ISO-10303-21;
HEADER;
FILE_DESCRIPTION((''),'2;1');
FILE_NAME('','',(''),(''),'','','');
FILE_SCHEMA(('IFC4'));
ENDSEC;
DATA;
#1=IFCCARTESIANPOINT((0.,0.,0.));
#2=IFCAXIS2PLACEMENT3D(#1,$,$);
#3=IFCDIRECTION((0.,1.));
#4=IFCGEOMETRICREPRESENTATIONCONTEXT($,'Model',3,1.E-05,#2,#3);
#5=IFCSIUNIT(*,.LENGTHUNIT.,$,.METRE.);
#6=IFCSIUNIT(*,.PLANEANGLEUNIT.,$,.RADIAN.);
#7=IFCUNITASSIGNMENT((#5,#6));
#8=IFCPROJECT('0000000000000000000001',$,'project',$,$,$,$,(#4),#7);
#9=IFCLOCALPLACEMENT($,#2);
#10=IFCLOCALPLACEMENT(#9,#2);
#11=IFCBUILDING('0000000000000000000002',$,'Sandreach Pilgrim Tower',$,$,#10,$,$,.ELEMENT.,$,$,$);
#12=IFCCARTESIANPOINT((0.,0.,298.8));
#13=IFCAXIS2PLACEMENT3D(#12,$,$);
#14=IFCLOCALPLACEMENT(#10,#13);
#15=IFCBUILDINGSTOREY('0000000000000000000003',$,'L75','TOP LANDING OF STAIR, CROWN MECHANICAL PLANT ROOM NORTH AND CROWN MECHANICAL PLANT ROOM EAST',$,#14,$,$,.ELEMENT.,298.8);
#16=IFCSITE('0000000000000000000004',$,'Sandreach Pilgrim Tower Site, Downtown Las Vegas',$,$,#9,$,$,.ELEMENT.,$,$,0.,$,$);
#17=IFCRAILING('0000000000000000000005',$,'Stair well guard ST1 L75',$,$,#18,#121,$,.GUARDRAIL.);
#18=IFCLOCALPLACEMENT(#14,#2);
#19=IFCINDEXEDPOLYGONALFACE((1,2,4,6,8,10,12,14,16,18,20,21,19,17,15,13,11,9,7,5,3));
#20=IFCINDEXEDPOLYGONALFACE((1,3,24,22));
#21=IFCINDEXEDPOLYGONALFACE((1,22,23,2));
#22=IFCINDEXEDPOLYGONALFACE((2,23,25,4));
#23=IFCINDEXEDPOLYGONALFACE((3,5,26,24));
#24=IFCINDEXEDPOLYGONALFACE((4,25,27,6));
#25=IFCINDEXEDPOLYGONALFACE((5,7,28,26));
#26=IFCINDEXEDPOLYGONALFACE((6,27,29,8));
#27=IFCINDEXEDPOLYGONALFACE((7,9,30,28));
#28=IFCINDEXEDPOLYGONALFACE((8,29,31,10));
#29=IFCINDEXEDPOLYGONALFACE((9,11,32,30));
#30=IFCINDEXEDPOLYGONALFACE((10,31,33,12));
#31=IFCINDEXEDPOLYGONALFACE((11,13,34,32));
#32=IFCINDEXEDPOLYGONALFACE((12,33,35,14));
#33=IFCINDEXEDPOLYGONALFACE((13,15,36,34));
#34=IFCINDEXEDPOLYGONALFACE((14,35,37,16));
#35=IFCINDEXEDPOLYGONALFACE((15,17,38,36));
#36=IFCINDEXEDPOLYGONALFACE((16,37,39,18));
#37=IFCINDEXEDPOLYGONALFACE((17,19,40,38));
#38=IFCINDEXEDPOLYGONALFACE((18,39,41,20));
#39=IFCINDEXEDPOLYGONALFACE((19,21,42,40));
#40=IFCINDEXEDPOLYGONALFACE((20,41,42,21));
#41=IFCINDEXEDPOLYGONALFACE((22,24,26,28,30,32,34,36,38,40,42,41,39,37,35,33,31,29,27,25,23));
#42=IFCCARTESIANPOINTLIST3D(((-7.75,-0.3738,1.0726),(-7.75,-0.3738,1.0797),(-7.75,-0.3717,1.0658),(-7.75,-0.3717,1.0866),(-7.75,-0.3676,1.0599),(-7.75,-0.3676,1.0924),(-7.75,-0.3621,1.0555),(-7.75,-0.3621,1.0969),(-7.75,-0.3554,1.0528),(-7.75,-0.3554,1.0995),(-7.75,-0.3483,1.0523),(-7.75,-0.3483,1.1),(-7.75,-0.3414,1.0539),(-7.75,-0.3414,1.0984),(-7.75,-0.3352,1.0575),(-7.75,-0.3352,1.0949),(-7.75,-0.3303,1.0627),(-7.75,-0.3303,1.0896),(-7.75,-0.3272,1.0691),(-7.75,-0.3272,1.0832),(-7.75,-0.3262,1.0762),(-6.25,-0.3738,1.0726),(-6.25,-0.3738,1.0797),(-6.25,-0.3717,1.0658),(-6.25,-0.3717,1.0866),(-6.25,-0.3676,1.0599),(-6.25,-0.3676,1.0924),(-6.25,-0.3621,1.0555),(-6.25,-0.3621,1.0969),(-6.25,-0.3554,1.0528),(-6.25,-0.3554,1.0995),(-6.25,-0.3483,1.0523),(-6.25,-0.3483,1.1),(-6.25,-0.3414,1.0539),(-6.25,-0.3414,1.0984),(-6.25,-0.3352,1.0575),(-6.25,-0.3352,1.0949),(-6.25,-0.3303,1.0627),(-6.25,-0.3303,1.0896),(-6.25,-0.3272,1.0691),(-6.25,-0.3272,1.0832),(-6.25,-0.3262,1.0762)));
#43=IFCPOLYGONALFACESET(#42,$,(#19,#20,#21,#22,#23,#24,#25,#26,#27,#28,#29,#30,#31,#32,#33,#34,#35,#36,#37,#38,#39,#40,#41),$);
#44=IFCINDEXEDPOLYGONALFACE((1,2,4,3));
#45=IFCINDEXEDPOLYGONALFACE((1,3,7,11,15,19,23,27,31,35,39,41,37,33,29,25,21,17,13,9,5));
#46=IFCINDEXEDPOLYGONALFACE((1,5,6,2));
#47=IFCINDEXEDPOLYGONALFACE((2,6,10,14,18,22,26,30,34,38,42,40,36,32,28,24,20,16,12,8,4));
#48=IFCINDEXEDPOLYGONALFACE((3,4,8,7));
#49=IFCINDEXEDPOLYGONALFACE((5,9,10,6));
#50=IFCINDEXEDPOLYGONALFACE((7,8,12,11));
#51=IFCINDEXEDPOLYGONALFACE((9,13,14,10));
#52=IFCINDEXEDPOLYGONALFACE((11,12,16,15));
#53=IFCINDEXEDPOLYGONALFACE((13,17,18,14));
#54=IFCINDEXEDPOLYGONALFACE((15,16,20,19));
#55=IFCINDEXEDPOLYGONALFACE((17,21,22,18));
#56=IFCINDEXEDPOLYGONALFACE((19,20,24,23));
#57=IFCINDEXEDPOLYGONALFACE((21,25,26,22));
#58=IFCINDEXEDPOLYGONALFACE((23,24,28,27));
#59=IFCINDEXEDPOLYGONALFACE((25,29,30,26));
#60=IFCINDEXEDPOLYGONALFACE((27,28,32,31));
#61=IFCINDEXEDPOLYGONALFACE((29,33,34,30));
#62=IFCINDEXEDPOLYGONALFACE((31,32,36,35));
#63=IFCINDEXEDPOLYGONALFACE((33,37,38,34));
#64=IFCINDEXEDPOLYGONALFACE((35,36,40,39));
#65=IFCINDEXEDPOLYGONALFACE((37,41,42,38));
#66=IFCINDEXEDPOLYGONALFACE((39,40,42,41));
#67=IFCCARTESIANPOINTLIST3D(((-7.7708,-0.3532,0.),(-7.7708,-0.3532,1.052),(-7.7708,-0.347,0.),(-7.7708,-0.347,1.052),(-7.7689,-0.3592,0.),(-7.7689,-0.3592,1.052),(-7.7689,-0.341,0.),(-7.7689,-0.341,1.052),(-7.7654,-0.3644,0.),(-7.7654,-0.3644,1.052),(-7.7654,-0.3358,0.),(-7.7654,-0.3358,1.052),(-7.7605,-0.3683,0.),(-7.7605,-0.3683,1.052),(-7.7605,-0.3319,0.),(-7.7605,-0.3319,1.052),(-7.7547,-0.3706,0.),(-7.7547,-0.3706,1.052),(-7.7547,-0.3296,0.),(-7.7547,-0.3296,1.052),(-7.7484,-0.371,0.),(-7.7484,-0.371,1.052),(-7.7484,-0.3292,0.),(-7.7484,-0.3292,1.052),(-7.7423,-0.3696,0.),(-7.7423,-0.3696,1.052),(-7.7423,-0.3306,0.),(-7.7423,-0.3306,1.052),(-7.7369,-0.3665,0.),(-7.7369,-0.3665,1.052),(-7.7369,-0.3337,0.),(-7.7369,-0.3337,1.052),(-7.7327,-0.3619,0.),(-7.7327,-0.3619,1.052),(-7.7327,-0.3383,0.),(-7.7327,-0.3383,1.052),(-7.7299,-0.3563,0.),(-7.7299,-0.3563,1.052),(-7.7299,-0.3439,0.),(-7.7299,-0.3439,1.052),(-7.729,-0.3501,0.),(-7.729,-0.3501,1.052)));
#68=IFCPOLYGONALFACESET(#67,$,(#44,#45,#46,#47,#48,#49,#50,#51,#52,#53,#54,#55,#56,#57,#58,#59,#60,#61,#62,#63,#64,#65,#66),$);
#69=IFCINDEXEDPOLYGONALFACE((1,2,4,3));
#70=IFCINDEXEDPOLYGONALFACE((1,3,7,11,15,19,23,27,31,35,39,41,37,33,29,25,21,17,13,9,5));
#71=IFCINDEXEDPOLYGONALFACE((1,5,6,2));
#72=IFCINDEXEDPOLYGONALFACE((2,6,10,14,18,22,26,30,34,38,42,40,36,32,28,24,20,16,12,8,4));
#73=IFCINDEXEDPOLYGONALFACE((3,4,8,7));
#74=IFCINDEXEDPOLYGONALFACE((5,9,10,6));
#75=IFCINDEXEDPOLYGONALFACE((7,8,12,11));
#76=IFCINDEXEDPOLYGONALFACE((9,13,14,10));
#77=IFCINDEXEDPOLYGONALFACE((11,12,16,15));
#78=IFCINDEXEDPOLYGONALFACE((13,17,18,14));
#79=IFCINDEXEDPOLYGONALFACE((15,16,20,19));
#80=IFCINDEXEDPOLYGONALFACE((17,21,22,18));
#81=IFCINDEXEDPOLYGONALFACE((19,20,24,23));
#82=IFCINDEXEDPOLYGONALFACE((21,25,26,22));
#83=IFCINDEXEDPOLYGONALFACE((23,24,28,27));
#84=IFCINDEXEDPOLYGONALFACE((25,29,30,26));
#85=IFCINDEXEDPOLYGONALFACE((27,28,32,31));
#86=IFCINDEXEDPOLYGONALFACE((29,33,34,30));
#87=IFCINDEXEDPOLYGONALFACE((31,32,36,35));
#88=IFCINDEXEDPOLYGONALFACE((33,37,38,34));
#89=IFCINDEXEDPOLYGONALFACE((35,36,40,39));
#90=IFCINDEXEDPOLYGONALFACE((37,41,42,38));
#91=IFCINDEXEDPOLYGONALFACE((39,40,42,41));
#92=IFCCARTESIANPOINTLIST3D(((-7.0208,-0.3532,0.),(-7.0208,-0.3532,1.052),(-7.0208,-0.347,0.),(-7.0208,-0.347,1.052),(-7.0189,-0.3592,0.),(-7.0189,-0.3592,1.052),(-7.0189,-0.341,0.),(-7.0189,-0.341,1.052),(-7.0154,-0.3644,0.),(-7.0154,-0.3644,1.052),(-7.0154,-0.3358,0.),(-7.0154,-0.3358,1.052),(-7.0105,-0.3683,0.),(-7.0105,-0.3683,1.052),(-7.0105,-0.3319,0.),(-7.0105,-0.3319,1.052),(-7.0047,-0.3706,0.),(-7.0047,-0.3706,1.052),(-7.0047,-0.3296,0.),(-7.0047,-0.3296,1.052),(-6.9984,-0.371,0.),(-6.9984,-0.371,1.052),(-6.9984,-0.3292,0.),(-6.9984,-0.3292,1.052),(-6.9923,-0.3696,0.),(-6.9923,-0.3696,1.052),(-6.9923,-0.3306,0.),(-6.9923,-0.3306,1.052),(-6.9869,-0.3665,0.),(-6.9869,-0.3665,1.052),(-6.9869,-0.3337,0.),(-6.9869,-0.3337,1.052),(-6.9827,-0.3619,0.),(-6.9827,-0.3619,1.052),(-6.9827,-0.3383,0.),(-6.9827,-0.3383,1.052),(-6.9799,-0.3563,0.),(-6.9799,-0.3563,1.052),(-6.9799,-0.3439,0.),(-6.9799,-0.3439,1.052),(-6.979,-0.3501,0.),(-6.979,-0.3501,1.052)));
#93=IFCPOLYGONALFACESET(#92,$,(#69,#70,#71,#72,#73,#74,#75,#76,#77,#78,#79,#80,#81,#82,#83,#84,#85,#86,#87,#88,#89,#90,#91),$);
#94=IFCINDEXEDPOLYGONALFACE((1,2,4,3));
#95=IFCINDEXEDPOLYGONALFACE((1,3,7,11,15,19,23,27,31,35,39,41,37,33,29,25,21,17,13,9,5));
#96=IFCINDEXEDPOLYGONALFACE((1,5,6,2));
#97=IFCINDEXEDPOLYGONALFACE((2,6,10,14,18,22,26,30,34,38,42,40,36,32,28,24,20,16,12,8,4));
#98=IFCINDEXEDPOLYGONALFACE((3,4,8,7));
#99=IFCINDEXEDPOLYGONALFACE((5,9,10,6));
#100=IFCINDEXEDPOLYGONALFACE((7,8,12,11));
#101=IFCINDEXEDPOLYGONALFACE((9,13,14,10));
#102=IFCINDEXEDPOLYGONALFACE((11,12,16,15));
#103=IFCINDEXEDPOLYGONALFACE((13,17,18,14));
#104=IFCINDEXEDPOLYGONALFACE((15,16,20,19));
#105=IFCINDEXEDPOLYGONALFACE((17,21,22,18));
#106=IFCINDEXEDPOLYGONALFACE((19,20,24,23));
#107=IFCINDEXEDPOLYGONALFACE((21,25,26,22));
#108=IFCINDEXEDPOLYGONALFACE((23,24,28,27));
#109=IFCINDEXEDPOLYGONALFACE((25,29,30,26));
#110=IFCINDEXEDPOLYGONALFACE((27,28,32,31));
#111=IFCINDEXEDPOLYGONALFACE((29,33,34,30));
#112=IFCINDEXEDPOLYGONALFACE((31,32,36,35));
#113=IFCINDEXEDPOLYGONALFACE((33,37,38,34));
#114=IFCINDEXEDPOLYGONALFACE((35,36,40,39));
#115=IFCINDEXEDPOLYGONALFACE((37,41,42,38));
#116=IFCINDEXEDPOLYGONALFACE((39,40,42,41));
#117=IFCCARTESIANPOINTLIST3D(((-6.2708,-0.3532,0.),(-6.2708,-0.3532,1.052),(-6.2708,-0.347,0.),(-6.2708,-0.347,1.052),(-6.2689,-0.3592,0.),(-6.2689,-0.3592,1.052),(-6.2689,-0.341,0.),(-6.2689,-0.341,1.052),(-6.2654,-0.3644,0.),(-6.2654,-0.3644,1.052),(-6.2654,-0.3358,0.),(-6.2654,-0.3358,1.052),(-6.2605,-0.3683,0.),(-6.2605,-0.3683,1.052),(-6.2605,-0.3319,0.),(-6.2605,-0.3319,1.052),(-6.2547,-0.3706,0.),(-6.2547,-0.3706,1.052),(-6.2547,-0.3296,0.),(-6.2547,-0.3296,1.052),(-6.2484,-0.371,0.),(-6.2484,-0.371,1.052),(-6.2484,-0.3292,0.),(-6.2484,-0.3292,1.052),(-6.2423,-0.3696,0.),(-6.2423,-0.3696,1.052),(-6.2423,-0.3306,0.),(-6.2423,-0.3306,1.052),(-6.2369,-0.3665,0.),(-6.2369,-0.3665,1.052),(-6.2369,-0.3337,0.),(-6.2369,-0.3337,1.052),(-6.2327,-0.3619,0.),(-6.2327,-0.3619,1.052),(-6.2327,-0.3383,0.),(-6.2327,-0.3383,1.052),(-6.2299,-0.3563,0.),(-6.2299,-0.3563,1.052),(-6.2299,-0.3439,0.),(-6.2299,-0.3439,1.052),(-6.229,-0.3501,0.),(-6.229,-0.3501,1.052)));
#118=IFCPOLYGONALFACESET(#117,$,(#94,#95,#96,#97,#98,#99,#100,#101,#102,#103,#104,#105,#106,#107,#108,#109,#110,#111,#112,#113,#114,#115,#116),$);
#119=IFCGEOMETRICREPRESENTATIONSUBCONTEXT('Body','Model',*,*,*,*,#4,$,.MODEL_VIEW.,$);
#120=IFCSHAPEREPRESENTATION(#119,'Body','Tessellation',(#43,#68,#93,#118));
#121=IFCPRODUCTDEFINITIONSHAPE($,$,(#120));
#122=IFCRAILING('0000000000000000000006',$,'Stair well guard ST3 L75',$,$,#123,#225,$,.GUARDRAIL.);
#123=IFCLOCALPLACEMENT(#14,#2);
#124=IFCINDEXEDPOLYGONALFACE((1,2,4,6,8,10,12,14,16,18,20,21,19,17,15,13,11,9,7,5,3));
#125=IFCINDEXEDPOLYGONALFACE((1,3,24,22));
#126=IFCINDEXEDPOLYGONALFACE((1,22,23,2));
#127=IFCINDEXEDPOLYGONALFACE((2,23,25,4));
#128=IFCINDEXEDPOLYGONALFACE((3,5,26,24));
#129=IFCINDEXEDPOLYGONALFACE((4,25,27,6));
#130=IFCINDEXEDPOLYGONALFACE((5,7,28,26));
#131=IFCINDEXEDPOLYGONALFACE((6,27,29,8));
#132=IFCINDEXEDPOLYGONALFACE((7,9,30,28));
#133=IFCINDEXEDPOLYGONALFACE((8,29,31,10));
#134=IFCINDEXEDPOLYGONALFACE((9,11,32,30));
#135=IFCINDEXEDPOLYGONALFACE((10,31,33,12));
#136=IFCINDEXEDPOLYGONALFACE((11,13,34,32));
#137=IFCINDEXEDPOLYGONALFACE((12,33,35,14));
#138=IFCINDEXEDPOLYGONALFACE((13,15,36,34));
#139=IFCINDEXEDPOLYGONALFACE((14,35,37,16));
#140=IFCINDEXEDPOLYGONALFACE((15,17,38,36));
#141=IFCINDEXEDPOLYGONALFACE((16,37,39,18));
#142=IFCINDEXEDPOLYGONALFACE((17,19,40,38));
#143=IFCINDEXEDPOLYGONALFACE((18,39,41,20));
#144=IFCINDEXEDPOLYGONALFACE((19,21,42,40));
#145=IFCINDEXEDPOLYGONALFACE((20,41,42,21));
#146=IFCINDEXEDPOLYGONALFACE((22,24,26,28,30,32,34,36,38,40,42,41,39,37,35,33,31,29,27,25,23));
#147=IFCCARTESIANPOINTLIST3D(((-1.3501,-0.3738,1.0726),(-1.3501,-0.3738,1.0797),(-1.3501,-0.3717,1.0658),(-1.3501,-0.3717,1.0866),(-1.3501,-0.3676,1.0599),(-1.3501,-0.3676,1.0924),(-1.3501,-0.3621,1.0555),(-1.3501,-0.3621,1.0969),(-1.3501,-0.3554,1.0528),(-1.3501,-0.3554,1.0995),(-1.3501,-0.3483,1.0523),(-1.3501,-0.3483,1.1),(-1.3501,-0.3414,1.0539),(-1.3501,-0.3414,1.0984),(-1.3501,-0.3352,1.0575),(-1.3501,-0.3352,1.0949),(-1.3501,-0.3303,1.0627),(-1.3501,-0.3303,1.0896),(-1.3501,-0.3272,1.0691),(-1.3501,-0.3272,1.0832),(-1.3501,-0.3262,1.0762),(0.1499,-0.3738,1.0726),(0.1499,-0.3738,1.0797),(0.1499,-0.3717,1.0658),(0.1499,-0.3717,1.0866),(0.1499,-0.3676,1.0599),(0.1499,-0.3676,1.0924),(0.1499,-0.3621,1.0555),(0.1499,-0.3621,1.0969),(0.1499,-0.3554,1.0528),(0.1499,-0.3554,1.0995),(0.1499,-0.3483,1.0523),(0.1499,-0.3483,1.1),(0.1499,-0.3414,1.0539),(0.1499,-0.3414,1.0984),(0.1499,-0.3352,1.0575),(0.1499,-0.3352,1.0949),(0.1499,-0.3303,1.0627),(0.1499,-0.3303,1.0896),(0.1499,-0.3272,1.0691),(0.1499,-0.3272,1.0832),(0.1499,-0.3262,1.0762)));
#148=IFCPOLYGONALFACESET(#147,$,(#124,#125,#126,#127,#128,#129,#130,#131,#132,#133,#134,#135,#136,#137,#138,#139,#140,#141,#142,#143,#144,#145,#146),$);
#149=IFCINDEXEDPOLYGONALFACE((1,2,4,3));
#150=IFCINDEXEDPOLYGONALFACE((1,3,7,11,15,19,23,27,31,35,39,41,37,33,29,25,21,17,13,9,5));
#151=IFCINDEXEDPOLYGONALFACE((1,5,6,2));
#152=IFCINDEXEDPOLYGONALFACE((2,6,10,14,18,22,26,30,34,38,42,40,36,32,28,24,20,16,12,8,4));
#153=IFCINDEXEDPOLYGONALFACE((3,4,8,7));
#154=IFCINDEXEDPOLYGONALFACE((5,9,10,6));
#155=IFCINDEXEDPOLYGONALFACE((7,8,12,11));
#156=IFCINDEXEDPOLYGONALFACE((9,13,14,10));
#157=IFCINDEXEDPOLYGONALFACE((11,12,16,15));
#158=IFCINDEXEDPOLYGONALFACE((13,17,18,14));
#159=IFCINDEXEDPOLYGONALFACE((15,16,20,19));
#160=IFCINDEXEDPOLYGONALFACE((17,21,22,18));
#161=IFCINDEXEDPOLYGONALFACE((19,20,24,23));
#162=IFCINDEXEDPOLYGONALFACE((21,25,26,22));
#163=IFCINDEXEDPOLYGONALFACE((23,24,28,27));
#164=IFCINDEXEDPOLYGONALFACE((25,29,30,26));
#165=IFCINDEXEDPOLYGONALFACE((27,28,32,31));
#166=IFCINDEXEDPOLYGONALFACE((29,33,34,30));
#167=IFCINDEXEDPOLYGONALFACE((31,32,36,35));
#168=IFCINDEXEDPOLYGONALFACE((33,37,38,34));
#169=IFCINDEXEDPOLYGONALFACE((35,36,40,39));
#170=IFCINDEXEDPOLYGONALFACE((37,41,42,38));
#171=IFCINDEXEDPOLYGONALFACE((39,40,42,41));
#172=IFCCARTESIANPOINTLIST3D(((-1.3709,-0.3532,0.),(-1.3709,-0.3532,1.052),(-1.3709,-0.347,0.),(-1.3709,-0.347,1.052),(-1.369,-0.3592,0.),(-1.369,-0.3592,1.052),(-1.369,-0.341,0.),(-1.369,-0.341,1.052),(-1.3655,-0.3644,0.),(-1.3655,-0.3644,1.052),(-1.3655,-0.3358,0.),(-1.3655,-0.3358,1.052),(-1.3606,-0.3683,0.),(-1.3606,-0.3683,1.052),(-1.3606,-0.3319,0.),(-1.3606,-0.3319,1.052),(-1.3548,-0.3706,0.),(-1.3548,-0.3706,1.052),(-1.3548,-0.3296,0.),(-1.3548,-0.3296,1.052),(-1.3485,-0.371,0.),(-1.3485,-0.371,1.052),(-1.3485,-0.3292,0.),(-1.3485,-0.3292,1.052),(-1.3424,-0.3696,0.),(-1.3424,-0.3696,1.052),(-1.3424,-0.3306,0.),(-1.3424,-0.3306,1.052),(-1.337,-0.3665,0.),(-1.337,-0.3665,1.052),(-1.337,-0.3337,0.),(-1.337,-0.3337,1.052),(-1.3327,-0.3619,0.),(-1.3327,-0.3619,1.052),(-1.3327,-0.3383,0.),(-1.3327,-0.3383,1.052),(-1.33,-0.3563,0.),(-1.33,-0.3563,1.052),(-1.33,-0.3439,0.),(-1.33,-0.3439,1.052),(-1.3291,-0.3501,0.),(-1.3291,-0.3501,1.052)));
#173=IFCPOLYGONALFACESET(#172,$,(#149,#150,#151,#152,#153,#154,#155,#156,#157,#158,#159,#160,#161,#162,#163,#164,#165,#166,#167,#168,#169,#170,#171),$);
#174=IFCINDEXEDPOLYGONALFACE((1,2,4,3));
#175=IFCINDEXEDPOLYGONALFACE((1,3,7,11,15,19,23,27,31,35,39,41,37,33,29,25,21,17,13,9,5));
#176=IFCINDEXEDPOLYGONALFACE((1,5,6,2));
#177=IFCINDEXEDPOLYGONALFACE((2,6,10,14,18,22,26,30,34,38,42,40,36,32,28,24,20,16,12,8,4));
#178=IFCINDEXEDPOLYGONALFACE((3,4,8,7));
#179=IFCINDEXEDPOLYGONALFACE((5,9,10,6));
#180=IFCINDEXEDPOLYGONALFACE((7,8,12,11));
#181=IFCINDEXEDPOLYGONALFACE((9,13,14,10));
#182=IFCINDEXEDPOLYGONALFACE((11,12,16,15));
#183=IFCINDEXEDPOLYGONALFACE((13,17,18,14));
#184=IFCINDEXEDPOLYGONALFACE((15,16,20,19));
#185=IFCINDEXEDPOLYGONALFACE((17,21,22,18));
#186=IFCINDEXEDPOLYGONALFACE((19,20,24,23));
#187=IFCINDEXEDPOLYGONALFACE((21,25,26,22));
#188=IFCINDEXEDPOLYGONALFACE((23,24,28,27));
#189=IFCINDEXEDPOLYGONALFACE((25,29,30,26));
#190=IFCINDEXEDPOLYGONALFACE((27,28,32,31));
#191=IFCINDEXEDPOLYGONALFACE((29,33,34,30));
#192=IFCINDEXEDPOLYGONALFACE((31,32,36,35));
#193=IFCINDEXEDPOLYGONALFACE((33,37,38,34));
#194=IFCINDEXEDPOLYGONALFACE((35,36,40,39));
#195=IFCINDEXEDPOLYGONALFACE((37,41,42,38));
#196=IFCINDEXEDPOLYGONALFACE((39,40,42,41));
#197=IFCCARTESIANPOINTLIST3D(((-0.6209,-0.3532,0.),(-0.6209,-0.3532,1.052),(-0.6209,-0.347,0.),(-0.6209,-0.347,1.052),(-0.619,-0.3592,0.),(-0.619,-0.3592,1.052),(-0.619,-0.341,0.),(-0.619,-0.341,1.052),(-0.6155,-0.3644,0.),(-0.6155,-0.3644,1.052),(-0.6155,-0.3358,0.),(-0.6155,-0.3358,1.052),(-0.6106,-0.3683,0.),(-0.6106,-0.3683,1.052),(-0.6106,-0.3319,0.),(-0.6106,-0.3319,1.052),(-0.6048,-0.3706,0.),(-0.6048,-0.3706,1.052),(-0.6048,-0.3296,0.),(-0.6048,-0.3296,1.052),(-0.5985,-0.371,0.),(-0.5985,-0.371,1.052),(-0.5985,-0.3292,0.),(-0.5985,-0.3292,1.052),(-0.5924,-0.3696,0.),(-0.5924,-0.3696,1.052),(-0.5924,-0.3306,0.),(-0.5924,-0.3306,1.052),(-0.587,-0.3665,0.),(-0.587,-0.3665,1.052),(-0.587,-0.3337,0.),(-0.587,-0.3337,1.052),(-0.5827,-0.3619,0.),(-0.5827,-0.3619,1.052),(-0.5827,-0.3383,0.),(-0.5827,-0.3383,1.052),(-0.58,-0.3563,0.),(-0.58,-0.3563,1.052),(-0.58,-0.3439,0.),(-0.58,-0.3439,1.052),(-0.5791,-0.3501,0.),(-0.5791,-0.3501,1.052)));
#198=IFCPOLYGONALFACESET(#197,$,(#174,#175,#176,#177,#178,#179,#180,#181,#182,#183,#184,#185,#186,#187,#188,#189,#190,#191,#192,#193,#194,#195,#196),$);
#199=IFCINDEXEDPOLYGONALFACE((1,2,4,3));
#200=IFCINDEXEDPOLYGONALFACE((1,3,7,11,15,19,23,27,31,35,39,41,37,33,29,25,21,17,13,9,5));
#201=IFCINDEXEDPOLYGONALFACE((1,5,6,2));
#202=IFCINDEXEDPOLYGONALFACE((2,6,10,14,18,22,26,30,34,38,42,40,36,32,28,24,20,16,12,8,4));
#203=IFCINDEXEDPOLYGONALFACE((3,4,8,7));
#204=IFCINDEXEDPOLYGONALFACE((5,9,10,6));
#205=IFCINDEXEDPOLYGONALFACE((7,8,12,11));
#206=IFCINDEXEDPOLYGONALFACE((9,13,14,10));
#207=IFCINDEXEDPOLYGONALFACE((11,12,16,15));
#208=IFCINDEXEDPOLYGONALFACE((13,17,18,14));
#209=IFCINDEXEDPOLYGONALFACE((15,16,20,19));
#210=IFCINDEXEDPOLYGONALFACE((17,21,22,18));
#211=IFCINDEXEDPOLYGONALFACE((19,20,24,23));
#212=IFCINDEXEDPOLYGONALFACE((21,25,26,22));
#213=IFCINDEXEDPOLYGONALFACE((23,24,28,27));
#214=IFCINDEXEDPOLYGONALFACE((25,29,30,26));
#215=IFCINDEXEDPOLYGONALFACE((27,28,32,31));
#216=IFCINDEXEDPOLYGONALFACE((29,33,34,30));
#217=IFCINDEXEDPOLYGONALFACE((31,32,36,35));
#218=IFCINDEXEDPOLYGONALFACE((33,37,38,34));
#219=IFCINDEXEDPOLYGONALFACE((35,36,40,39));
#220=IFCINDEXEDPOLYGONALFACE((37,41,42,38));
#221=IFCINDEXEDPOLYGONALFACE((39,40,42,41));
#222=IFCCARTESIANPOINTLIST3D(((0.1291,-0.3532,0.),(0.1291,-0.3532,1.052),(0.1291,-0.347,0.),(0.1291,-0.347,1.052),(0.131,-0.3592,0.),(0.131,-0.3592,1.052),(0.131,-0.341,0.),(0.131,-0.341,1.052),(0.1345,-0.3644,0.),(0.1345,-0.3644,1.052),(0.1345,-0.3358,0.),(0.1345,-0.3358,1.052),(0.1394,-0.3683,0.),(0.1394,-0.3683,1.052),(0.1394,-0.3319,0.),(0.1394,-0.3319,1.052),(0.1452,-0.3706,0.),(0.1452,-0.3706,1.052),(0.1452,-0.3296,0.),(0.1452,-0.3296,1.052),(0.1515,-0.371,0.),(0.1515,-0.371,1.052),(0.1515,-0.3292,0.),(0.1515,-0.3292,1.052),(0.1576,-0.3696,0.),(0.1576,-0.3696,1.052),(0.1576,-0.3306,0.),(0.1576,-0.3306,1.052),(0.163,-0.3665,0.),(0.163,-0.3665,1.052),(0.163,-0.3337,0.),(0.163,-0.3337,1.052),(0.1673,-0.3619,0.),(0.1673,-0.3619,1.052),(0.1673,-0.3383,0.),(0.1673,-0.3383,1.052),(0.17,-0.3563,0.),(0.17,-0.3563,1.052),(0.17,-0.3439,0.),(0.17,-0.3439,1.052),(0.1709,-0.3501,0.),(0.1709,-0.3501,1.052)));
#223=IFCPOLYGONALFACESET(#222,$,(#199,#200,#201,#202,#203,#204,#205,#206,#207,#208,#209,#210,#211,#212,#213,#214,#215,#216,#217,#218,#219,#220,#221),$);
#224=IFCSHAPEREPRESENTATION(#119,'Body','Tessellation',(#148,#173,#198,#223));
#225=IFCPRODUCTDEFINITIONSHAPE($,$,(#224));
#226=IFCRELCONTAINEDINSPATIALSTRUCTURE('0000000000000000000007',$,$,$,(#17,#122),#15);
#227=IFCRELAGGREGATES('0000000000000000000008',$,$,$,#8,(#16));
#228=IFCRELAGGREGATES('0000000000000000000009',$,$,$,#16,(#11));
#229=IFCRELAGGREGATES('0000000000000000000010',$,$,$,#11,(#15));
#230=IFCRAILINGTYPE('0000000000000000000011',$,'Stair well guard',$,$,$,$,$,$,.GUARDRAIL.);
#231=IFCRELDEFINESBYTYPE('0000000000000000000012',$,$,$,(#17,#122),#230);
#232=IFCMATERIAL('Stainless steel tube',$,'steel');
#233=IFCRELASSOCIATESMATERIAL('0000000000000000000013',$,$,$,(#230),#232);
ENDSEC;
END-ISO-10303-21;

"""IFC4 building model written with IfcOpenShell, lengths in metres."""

from ifc_helpers import new_model, si_unit, direction, frame, origin, origin_2d, place, context, subcontext, project, spatial, circle, extrude, material, type_object, element, save


model = new_model("IFC4")

# Units and contexts
model_context = context("Model", 3, precision=1e-05, world=origin(), true_north=direction((0.0, 1.0)))
body_context = subcontext(model_context, "Body", "Model", "MODEL_VIEW")
ifc_project = project(units=[si_unit("LENGTHUNIT", "METRE"), si_unit("PLANEANGLEUNIT", "RADIAN")], contexts=[model_context])

# Site, building, storey
site_placement = place(None, origin())
site = spatial("IfcSite", under=ifc_project, at=site_placement, Name="Sandreach Pilgrim Tower Site, Downtown Las Vegas", CompositionType="ELEMENT", RefElevation=0.0)
building_placement = place(site_placement, origin())
building = spatial("IfcBuilding", under=site, at=building_placement, Name="Sandreach Pilgrim Tower", CompositionType="ELEMENT")
storey_placement = place(building_placement, frame((0.0, 0.0, 298.8)))
storey = spatial("IfcBuildingStorey", under=building, at=storey_placement, Name="L75", Description="TOP LANDING OF STAIR, CROWN MECHANICAL PLANT ROOM NORTH AND CROWN MECHANICAL PLANT ROOM EAST", CompositionType="ELEMENT", Elevation=298.8)

# Railings
ifc_material_1 = material(Name="Stainless steel tube", Category="steel")
railing_type = type_object("IfcRailingType", Name="Stair well guard", PredefinedType="GUARDRAIL", material=ifc_material_1)
for number, where, name in (
    (1, (-7.75, -0.3501, 0.0), "Stair well guard ST1 L75"),
    (2, (-1.3501, -0.3501, 0.0), "Stair well guard ST3 L75"),
):
    element("IfcRailing", number, at=place(storey_placement, frame(where)), inside=storey, type_object=railing_type, Name=name, PredefinedType="GUARDRAIL", context=body_context, shape_type="SweptSolid", body=[
        extrude(circle(Radius=0.0239, at=origin_2d()), frame((0.0, 0.0, 1.0762), z_axis=(1.0, 0.0, 0.0), x_axis=(0.0, 1.0, 0.0)), (0.0, 0.0, 1.0), 1.5),
        extrude(circle(Radius=0.021, at=origin_2d()), origin(), (0.0, 0.0, 1.0), 1.052),
        extrude(circle(Radius=0.021, at=origin_2d()), frame((0.75, 0.0, 0.0)), (0.0, 0.0, 1.0), 1.052),
        extrude(circle(Radius=0.021, at=origin_2d()), frame((1.5, 0.0, 0.0)), (0.0, 0.0, 1.0), 1.052),
    ])

save(model, "model.ifc")
